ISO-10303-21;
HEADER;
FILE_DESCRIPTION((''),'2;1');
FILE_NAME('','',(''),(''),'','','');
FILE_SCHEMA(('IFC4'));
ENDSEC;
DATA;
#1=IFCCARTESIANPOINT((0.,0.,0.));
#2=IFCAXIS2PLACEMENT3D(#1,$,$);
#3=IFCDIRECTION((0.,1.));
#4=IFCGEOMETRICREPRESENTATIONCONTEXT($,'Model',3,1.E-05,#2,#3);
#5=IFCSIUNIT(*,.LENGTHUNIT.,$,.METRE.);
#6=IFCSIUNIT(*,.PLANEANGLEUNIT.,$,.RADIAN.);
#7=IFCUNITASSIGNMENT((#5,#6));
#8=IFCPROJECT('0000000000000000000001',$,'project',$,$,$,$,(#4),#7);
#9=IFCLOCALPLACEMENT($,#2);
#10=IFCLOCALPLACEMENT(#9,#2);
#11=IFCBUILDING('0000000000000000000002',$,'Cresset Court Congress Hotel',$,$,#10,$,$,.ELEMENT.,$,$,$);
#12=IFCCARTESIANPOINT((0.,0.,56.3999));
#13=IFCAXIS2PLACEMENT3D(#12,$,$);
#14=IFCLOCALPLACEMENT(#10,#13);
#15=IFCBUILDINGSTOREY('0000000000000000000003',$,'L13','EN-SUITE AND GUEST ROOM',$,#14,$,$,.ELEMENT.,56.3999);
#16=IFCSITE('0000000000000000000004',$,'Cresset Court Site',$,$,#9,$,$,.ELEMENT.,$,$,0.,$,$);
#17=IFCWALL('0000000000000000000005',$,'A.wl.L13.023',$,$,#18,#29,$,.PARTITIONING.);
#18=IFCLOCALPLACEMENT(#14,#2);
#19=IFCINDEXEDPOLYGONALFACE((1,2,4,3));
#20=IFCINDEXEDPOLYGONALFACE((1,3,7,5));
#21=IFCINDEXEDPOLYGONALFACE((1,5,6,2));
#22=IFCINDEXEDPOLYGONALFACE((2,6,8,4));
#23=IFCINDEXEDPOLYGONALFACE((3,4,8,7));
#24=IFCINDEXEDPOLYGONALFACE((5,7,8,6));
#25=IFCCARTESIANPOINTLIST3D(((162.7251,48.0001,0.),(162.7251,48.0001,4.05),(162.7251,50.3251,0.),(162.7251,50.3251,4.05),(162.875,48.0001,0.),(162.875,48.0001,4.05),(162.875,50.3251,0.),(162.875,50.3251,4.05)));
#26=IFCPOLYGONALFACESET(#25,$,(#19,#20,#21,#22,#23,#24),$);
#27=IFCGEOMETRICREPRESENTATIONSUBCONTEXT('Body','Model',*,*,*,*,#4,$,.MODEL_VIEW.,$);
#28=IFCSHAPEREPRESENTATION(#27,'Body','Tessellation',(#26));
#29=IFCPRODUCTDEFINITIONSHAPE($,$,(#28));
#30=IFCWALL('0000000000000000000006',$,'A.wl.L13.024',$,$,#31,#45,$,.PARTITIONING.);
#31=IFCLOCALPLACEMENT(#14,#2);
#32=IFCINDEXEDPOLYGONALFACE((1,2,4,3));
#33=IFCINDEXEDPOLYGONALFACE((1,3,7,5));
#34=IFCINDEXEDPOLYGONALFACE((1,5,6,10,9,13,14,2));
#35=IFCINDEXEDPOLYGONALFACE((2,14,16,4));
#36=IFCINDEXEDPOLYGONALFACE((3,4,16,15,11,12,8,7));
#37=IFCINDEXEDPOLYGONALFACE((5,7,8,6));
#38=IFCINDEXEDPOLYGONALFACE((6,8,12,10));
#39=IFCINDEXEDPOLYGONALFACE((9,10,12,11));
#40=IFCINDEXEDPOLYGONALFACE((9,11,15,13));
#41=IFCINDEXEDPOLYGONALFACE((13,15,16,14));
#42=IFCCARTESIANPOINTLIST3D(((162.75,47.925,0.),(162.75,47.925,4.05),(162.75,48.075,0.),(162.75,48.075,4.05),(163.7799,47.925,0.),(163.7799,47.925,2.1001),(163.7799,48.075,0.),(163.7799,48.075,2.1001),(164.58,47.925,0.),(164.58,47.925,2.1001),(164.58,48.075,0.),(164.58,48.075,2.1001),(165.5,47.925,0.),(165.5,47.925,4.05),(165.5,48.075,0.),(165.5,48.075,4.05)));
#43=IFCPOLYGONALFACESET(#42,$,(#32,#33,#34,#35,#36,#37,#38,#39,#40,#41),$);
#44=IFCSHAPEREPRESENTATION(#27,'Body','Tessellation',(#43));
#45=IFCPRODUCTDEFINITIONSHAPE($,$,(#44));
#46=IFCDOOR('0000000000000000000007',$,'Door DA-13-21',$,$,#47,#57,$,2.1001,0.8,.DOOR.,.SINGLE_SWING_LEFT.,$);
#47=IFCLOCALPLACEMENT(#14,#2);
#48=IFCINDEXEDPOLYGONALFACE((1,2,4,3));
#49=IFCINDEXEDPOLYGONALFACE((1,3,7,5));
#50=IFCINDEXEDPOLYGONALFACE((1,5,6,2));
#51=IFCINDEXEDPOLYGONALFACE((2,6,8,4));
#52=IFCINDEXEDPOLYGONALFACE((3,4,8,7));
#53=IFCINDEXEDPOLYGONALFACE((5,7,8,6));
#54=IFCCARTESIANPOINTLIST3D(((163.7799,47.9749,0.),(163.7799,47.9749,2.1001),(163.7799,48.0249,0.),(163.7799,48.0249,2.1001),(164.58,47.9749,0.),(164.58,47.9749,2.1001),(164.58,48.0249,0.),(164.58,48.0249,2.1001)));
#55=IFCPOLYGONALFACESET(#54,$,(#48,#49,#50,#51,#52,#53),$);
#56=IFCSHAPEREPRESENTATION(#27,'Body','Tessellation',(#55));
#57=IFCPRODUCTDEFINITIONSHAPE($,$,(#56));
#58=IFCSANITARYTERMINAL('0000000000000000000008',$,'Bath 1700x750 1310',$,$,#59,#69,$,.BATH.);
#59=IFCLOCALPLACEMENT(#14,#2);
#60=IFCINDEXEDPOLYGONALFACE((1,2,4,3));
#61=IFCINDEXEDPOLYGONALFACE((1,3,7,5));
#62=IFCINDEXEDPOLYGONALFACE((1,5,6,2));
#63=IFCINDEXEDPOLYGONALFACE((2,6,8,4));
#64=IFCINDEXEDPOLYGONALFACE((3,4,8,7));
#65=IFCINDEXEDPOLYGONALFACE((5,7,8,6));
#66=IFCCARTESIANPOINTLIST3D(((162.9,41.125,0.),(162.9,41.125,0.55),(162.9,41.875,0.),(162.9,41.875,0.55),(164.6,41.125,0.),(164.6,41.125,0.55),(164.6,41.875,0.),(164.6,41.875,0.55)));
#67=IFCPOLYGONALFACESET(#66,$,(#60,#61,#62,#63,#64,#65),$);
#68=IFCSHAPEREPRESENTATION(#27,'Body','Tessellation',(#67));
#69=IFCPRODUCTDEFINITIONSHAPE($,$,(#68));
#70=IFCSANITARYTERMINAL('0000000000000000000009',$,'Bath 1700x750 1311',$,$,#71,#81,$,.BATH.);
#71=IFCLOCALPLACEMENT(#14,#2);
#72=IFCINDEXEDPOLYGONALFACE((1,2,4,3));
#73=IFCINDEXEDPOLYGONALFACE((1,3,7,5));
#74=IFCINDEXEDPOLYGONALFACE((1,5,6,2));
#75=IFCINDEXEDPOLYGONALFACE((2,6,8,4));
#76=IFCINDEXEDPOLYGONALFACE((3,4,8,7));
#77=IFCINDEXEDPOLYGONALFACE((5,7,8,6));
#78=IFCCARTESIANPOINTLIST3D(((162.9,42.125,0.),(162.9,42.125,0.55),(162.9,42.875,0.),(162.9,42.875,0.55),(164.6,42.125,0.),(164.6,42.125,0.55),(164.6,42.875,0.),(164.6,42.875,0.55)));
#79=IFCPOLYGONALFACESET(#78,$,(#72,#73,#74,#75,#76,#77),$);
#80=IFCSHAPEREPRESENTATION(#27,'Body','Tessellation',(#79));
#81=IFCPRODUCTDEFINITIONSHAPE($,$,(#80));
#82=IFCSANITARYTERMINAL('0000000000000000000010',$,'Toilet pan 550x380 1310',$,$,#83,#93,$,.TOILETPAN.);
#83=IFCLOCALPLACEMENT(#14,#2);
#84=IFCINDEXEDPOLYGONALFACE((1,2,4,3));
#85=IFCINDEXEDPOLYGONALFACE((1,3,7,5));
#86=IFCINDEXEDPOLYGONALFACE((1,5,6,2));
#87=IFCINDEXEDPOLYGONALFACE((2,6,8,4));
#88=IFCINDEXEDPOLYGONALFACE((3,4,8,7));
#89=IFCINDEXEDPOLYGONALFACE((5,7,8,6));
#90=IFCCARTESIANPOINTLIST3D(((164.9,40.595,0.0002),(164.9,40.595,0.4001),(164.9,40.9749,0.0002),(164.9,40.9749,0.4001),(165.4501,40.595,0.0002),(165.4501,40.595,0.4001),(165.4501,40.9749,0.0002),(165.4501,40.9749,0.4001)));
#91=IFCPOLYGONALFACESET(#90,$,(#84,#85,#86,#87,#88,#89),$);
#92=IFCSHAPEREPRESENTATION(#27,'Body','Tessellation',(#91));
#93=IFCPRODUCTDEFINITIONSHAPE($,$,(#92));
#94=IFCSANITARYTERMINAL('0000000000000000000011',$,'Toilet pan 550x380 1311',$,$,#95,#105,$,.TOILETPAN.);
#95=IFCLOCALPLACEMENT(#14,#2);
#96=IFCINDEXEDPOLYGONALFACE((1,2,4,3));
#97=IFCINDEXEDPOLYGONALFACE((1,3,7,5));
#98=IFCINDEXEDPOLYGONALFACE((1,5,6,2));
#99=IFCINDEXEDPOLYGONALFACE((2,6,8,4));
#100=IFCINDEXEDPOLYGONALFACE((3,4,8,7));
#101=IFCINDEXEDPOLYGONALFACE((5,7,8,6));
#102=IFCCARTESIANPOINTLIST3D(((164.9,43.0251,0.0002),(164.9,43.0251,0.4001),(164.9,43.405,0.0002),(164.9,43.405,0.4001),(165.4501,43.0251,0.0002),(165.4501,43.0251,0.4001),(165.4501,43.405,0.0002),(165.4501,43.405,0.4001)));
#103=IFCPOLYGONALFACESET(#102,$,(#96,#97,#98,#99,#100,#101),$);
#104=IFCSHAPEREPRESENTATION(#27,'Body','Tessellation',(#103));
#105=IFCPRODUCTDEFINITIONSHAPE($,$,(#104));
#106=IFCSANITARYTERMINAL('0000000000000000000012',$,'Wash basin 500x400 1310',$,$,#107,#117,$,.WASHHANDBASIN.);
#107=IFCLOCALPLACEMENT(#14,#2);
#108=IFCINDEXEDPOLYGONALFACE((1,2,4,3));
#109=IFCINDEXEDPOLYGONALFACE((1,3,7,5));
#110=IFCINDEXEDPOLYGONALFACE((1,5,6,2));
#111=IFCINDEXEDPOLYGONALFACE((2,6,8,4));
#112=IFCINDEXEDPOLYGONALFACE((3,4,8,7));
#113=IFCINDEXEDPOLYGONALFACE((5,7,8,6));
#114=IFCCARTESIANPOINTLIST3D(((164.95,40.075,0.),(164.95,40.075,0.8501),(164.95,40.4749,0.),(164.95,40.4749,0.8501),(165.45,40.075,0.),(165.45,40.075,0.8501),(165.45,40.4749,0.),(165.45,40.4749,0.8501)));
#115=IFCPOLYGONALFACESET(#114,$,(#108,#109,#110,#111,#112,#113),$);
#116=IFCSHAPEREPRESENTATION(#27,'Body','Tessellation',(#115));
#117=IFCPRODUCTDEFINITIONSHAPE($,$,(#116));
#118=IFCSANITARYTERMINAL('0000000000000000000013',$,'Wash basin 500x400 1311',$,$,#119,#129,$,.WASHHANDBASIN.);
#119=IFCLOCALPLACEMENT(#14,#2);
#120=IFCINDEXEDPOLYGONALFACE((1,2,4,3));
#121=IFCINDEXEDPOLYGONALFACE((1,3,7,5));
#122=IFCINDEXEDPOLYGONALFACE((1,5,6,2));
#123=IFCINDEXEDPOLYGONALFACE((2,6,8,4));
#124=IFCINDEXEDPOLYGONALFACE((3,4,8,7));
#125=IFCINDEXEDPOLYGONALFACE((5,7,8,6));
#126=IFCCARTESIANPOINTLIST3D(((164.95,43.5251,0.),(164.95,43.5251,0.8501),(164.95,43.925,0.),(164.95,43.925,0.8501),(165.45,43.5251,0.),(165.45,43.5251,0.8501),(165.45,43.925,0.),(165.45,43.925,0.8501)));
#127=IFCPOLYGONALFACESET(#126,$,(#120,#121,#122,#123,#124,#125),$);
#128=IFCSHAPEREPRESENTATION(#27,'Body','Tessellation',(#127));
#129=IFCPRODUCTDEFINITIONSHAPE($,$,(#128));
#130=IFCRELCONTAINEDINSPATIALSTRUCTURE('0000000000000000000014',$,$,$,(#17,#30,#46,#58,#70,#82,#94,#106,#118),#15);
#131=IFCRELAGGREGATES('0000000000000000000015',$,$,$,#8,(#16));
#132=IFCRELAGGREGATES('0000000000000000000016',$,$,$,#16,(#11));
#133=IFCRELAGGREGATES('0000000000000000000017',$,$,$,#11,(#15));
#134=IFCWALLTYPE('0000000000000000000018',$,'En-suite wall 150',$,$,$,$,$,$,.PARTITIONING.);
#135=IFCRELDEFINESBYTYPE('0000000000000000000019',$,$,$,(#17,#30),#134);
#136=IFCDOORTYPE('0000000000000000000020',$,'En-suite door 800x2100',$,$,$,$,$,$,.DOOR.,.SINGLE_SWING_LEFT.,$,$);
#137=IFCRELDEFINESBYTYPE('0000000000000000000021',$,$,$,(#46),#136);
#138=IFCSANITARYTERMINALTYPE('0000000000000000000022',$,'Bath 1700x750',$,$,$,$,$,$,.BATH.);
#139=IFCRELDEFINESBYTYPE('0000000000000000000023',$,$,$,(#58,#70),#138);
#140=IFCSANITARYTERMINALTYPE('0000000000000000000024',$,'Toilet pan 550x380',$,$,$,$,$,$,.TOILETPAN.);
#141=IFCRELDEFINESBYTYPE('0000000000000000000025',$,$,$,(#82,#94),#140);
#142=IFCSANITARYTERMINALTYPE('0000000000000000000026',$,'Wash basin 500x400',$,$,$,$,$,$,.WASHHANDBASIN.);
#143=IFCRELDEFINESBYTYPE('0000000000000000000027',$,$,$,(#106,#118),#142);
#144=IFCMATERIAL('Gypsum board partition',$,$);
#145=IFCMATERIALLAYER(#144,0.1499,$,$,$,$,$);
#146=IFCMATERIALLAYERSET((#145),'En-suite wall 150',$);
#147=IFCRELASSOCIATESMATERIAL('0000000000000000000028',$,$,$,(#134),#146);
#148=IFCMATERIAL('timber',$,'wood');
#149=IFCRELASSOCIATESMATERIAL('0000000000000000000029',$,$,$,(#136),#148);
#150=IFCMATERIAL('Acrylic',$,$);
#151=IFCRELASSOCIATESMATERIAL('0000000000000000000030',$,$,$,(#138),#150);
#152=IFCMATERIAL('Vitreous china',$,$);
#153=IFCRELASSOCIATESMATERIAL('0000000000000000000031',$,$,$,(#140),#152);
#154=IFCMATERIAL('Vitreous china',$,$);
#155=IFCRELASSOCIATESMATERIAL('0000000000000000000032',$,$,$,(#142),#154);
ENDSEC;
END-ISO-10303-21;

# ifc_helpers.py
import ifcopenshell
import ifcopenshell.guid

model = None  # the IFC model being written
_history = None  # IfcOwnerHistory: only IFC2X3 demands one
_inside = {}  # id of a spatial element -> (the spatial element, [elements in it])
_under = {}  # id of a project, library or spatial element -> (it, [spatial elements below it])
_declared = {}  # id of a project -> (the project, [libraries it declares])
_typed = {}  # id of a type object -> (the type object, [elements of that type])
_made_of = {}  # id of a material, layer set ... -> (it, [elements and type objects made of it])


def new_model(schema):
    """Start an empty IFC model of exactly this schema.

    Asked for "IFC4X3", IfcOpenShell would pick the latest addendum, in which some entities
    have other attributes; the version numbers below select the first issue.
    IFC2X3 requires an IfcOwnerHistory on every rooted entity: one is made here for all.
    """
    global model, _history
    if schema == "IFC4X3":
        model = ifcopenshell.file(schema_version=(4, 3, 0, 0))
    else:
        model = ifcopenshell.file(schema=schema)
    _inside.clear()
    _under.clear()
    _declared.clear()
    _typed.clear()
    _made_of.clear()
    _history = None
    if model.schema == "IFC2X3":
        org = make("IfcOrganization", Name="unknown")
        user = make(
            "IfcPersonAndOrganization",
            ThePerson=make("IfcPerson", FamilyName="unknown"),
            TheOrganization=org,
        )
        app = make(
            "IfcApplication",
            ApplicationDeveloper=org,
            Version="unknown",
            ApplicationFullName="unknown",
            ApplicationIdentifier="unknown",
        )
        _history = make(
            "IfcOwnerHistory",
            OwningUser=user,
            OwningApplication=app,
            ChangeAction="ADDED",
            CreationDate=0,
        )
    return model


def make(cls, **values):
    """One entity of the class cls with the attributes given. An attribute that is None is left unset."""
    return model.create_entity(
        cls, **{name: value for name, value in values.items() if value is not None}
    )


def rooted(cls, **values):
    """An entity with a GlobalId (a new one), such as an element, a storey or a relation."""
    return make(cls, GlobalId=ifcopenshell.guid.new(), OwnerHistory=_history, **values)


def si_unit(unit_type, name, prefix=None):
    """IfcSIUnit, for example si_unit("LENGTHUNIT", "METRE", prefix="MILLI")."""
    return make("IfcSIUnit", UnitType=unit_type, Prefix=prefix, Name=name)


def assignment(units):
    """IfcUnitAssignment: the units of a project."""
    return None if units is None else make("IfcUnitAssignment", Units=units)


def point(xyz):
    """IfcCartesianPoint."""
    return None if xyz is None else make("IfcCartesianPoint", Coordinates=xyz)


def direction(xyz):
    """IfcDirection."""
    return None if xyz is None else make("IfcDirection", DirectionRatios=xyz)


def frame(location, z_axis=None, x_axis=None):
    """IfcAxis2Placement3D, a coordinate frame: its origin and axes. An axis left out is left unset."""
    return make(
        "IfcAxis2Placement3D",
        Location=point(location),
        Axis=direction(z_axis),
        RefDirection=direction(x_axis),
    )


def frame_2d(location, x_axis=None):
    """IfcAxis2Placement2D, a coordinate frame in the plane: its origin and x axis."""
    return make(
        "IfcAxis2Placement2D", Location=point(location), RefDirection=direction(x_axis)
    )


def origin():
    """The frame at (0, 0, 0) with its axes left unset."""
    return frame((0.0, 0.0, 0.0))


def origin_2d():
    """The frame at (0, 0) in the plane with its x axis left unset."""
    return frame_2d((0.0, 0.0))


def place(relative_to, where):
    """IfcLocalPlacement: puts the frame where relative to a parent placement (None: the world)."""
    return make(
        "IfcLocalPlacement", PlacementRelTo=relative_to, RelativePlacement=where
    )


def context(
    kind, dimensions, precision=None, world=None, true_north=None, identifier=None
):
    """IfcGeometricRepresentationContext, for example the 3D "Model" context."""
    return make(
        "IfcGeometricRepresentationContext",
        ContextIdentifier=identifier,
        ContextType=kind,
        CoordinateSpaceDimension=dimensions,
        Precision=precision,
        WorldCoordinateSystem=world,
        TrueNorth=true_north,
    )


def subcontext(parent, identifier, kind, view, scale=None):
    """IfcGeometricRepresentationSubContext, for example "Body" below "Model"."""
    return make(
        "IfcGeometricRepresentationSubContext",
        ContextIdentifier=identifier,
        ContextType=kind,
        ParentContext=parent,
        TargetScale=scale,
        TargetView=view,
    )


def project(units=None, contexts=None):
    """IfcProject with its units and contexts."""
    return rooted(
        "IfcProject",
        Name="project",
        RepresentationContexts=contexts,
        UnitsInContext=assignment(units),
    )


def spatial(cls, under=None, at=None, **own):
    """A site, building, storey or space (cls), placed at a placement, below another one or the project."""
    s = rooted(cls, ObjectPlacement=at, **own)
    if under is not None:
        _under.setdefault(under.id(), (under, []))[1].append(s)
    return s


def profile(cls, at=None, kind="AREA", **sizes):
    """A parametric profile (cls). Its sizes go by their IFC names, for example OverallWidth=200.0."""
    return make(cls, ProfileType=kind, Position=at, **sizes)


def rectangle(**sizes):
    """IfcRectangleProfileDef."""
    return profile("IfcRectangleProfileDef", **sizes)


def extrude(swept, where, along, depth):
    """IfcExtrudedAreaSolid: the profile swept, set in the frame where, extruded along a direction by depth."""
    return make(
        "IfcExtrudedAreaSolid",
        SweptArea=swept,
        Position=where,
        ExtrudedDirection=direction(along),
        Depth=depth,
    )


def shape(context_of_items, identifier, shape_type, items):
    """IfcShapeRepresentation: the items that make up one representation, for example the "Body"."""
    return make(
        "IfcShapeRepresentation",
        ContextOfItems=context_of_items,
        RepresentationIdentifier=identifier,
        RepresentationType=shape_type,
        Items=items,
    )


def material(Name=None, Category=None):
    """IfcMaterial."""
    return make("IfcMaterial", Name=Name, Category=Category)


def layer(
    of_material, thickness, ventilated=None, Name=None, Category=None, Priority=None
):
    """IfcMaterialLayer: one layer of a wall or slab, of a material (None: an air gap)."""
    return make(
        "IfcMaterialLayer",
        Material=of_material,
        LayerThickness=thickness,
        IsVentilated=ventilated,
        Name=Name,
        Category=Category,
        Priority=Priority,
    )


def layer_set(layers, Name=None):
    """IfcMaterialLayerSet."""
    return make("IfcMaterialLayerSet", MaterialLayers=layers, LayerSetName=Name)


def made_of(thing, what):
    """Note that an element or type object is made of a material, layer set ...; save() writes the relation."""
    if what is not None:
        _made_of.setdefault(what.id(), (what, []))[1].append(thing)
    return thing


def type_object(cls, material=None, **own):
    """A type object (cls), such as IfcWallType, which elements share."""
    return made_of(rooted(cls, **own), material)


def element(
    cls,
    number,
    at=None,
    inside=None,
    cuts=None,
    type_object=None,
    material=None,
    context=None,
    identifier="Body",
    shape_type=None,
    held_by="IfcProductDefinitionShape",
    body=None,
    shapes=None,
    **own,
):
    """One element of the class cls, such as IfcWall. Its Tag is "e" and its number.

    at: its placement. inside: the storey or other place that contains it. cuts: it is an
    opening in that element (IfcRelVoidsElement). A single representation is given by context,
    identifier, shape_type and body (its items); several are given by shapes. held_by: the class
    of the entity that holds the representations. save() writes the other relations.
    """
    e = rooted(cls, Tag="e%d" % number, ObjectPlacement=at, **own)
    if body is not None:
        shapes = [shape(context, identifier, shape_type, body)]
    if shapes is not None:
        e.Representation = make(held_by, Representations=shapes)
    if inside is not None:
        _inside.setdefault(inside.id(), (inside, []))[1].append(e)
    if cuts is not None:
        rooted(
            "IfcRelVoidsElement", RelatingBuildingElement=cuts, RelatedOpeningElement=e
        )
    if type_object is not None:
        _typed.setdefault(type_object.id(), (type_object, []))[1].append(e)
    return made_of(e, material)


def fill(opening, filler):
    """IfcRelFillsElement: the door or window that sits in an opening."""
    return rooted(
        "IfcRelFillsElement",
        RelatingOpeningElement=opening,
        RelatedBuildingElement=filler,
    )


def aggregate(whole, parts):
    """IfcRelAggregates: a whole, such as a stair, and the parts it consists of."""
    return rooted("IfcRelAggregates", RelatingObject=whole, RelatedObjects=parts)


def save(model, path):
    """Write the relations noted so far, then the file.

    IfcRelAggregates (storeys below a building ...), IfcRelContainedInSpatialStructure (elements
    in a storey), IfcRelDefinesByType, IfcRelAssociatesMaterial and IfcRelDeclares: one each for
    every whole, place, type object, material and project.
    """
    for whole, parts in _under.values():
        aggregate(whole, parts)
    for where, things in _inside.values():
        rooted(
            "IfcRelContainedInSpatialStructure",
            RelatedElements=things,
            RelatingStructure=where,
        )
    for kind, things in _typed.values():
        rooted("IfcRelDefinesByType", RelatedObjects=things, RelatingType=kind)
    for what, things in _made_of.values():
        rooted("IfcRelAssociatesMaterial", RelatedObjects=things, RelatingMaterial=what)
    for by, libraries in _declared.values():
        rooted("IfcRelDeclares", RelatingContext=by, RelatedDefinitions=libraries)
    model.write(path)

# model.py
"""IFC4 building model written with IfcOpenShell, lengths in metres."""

from ifc_helpers import new_model, si_unit, direction, frame, frame_2d, origin, origin_2d, place, context, subcontext, project, spatial, rectangle, extrude, material, layer, layer_set, type_object, element, fill, save


model = new_model("IFC4")

# Units and contexts
model_context = context("Model", 3, precision=1e-05, world=origin(), true_north=direction((0.0, 1.0)))
body_context = subcontext(model_context, "Body", "Model", "MODEL_VIEW")
ifc_project = project(units=[si_unit("LENGTHUNIT", "METRE"), si_unit("PLANEANGLEUNIT", "RADIAN")], contexts=[model_context])

# Site, building, storey
site_placement = place(None, origin())
site = spatial("IfcSite", under=ifc_project, at=site_placement, Name="Cresset Court Site", CompositionType="ELEMENT", RefElevation=0.0)
building_placement = place(site_placement, origin())
building = spatial("IfcBuilding", under=site, at=building_placement, Name="Cresset Court Congress Hotel", CompositionType="ELEMENT")
storey_placement = place(building_placement, frame((0.0, 0.0, 56.3999)))
storey = spatial("IfcBuildingStorey", under=building, at=storey_placement, Name="L13", Description="EN-SUITE AND GUEST ROOM", CompositionType="ELEMENT", Elevation=56.3999)

# Shared definitions
ifc_material_1 = material(Name="Gypsum board partition")
ifc_layer = layer(ifc_material_1, 0.1499)
ifc_layer_set = layer_set([ifc_layer], Name="En-suite wall 150")
wall_type = type_object("IfcWallType", Name="En-suite wall 150", PredefinedType="PARTITIONING", material=ifc_layer_set)

# Shared definitions
ifc_material_2 = material(Name="timber", Category="wood")
door_type = type_object("IfcDoorType", Name="En-suite door 800x2100", OperationType="SINGLE_SWING_LEFT", PredefinedType="DOOR", material=ifc_material_2)

# Wall
wall_1_placement = place(storey_placement, frame((162.8, 48.0, 0.0), z_axis=(0.0, 0.0, 1.0), x_axis=(0.0, 1.0, 0.0)))
element("IfcWall", 1, at=wall_1_placement, inside=storey, type_object=wall_type, Name="A.wl.L13.023", PredefinedType="PARTITIONING", context=body_context, shape_type="SweptSolid", body=[
    extrude(rectangle(XDim=2.325, YDim=0.1499, at=frame_2d((1.1626, 0.0))), origin(), (0.0, 0.0, 1.0), 4.05),
])

# Wall, opening, door
wall_2_placement = place(storey_placement, frame((162.75, 48.0, 0.0), z_axis=(0.0, 0.0, 1.0), x_axis=(1.0, 0.0, 0.0)))
wall_2 = element("IfcWall", 2, at=wall_2_placement, inside=storey, type_object=wall_type, Name="A.wl.L13.024", PredefinedType="PARTITIONING", context=body_context, shape_type="SweptSolid", body=[
    extrude(rectangle(XDim=2.75, YDim=0.1499, at=frame_2d((1.375, 0.0))), origin(), (0.0, 0.0, 1.0), 4.05),
])
opening_1_placement = place(wall_2_placement, frame((1.03, 0.0, 0.0)))
opening_1 = element("IfcOpeningElement", 3, at=opening_1_placement, cuts=wall_2, PredefinedType="OPENING", context=body_context, shape_type="SweptSolid", body=[
    extrude(rectangle(XDim=0.8, YDim=2.1001, at=frame_2d((0.3999, 1.05))), frame((0.0, 0.085, 0.0), z_axis=(0.0, -1.0, 0.0), x_axis=(1.0, 0.0, 0.0)), (0.0, 0.0, 1.0), 0.1699),
])
door_1_placement = place(opening_1_placement, origin())
door_1 = element("IfcDoor", 4, at=door_1_placement, inside=storey, type_object=door_type, Name="Door DA-13-21", OperationType="SINGLE_SWING_LEFT", OverallHeight=2.1001, OverallWidth=0.8, PredefinedType="DOOR", context=body_context, shape_type="SweptSolid", body=[
    extrude(rectangle(XDim=0.8, YDim=2.1001, at=frame_2d((0.3999, 1.05))), frame((0.0, 0.0249, 0.0), z_axis=(0.0, -1.0, 0.0), x_axis=(1.0, 0.0, 0.0)), (0.0, 0.0, 1.0), 0.05),
])
fill(opening_1, door_1)

# Sanitary terminals
ifc_material_3 = material(Name="Acrylic")
sanitary_terminal_type_1 = type_object("IfcSanitaryTerminalType", Name="Bath 1700x750", PredefinedType="BATH", material=ifc_material_3)
for number, where, z_axis, x_axis, name in (
    (5, (163.75, 41.5, 0.0), (0.0, 0.0, 1.0), (1.0, 0.0, 0.0), "Bath 1700x750 1310"),
    (6, (163.75, 42.5, 0.0), (0.0, 0.0, 1.0), (1.0, 0.0, 0.0), "Bath 1700x750 1311"),
):
    element("IfcSanitaryTerminal", number, at=place(storey_placement, frame(where, z_axis=z_axis, x_axis=x_axis)), inside=storey, type_object=sanitary_terminal_type_1, Name=name, PredefinedType="BATH", context=body_context, shape_type="SweptSolid", body=[
        extrude(rectangle(XDim=1.7, YDim=0.75, at=origin_2d()), origin(), (0.0, 0.0, 1.0), 0.55),
    ])
ifc_material_4 = material(Name="Vitreous china")
sanitary_terminal_type_2 = type_object("IfcSanitaryTerminalType", Name="Toilet pan 550x380", PredefinedType="TOILETPAN", material=ifc_material_4)
for number, where, z_axis, x_axis, name in (
    (7, (165.175, 40.7849, 0.0002), (0.0, 0.0, 1.0), (1.0, 0.0, 0.0), "Toilet pan 550x380 1310"),
    (8, (165.175, 43.2151, 0.0002), (0.0, 0.0, 1.0), (1.0, 0.0, 0.0), "Toilet pan 550x380 1311"),
):
    element("IfcSanitaryTerminal", number, at=place(storey_placement, frame(where, z_axis=z_axis, x_axis=x_axis)), inside=storey, type_object=sanitary_terminal_type_2, Name=name, PredefinedType="TOILETPAN", context=body_context, shape_type="SweptSolid", body=[
        extrude(rectangle(XDim=0.55, YDim=0.3799, at=origin_2d()), origin(), (0.0, 0.0, 1.0), 0.3999),
    ])
ifc_material_5 = material(Name="Vitreous china")
sanitary_terminal_type_3 = type_object("IfcSanitaryTerminalType", Name="Wash basin 500x400", PredefinedType="WASHHANDBASIN", material=ifc_material_5)
for number, where, z_axis, x_axis, name in (
    (9, (165.2, 40.2749, 0.0), (0.0, 0.0, 1.0), (1.0, 0.0, 0.0), "Wash basin 500x400 1310"),
    (10, (165.2, 43.7251, 0.0), (0.0, 0.0, 1.0), (1.0, 0.0, 0.0), "Wash basin 500x400 1311"),
):
    element("IfcSanitaryTerminal", number, at=place(storey_placement, frame(where, z_axis=z_axis, x_axis=x_axis)), inside=storey, type_object=sanitary_terminal_type_3, Name=name, PredefinedType="WASHHANDBASIN", context=body_context, shape_type="SweptSolid", body=[
        extrude(rectangle(XDim=0.5, YDim=0.3999, at=origin_2d()), origin(), (0.0, 0.0, 1.0), 0.8501),
    ])

save(model, "model.ifc")
